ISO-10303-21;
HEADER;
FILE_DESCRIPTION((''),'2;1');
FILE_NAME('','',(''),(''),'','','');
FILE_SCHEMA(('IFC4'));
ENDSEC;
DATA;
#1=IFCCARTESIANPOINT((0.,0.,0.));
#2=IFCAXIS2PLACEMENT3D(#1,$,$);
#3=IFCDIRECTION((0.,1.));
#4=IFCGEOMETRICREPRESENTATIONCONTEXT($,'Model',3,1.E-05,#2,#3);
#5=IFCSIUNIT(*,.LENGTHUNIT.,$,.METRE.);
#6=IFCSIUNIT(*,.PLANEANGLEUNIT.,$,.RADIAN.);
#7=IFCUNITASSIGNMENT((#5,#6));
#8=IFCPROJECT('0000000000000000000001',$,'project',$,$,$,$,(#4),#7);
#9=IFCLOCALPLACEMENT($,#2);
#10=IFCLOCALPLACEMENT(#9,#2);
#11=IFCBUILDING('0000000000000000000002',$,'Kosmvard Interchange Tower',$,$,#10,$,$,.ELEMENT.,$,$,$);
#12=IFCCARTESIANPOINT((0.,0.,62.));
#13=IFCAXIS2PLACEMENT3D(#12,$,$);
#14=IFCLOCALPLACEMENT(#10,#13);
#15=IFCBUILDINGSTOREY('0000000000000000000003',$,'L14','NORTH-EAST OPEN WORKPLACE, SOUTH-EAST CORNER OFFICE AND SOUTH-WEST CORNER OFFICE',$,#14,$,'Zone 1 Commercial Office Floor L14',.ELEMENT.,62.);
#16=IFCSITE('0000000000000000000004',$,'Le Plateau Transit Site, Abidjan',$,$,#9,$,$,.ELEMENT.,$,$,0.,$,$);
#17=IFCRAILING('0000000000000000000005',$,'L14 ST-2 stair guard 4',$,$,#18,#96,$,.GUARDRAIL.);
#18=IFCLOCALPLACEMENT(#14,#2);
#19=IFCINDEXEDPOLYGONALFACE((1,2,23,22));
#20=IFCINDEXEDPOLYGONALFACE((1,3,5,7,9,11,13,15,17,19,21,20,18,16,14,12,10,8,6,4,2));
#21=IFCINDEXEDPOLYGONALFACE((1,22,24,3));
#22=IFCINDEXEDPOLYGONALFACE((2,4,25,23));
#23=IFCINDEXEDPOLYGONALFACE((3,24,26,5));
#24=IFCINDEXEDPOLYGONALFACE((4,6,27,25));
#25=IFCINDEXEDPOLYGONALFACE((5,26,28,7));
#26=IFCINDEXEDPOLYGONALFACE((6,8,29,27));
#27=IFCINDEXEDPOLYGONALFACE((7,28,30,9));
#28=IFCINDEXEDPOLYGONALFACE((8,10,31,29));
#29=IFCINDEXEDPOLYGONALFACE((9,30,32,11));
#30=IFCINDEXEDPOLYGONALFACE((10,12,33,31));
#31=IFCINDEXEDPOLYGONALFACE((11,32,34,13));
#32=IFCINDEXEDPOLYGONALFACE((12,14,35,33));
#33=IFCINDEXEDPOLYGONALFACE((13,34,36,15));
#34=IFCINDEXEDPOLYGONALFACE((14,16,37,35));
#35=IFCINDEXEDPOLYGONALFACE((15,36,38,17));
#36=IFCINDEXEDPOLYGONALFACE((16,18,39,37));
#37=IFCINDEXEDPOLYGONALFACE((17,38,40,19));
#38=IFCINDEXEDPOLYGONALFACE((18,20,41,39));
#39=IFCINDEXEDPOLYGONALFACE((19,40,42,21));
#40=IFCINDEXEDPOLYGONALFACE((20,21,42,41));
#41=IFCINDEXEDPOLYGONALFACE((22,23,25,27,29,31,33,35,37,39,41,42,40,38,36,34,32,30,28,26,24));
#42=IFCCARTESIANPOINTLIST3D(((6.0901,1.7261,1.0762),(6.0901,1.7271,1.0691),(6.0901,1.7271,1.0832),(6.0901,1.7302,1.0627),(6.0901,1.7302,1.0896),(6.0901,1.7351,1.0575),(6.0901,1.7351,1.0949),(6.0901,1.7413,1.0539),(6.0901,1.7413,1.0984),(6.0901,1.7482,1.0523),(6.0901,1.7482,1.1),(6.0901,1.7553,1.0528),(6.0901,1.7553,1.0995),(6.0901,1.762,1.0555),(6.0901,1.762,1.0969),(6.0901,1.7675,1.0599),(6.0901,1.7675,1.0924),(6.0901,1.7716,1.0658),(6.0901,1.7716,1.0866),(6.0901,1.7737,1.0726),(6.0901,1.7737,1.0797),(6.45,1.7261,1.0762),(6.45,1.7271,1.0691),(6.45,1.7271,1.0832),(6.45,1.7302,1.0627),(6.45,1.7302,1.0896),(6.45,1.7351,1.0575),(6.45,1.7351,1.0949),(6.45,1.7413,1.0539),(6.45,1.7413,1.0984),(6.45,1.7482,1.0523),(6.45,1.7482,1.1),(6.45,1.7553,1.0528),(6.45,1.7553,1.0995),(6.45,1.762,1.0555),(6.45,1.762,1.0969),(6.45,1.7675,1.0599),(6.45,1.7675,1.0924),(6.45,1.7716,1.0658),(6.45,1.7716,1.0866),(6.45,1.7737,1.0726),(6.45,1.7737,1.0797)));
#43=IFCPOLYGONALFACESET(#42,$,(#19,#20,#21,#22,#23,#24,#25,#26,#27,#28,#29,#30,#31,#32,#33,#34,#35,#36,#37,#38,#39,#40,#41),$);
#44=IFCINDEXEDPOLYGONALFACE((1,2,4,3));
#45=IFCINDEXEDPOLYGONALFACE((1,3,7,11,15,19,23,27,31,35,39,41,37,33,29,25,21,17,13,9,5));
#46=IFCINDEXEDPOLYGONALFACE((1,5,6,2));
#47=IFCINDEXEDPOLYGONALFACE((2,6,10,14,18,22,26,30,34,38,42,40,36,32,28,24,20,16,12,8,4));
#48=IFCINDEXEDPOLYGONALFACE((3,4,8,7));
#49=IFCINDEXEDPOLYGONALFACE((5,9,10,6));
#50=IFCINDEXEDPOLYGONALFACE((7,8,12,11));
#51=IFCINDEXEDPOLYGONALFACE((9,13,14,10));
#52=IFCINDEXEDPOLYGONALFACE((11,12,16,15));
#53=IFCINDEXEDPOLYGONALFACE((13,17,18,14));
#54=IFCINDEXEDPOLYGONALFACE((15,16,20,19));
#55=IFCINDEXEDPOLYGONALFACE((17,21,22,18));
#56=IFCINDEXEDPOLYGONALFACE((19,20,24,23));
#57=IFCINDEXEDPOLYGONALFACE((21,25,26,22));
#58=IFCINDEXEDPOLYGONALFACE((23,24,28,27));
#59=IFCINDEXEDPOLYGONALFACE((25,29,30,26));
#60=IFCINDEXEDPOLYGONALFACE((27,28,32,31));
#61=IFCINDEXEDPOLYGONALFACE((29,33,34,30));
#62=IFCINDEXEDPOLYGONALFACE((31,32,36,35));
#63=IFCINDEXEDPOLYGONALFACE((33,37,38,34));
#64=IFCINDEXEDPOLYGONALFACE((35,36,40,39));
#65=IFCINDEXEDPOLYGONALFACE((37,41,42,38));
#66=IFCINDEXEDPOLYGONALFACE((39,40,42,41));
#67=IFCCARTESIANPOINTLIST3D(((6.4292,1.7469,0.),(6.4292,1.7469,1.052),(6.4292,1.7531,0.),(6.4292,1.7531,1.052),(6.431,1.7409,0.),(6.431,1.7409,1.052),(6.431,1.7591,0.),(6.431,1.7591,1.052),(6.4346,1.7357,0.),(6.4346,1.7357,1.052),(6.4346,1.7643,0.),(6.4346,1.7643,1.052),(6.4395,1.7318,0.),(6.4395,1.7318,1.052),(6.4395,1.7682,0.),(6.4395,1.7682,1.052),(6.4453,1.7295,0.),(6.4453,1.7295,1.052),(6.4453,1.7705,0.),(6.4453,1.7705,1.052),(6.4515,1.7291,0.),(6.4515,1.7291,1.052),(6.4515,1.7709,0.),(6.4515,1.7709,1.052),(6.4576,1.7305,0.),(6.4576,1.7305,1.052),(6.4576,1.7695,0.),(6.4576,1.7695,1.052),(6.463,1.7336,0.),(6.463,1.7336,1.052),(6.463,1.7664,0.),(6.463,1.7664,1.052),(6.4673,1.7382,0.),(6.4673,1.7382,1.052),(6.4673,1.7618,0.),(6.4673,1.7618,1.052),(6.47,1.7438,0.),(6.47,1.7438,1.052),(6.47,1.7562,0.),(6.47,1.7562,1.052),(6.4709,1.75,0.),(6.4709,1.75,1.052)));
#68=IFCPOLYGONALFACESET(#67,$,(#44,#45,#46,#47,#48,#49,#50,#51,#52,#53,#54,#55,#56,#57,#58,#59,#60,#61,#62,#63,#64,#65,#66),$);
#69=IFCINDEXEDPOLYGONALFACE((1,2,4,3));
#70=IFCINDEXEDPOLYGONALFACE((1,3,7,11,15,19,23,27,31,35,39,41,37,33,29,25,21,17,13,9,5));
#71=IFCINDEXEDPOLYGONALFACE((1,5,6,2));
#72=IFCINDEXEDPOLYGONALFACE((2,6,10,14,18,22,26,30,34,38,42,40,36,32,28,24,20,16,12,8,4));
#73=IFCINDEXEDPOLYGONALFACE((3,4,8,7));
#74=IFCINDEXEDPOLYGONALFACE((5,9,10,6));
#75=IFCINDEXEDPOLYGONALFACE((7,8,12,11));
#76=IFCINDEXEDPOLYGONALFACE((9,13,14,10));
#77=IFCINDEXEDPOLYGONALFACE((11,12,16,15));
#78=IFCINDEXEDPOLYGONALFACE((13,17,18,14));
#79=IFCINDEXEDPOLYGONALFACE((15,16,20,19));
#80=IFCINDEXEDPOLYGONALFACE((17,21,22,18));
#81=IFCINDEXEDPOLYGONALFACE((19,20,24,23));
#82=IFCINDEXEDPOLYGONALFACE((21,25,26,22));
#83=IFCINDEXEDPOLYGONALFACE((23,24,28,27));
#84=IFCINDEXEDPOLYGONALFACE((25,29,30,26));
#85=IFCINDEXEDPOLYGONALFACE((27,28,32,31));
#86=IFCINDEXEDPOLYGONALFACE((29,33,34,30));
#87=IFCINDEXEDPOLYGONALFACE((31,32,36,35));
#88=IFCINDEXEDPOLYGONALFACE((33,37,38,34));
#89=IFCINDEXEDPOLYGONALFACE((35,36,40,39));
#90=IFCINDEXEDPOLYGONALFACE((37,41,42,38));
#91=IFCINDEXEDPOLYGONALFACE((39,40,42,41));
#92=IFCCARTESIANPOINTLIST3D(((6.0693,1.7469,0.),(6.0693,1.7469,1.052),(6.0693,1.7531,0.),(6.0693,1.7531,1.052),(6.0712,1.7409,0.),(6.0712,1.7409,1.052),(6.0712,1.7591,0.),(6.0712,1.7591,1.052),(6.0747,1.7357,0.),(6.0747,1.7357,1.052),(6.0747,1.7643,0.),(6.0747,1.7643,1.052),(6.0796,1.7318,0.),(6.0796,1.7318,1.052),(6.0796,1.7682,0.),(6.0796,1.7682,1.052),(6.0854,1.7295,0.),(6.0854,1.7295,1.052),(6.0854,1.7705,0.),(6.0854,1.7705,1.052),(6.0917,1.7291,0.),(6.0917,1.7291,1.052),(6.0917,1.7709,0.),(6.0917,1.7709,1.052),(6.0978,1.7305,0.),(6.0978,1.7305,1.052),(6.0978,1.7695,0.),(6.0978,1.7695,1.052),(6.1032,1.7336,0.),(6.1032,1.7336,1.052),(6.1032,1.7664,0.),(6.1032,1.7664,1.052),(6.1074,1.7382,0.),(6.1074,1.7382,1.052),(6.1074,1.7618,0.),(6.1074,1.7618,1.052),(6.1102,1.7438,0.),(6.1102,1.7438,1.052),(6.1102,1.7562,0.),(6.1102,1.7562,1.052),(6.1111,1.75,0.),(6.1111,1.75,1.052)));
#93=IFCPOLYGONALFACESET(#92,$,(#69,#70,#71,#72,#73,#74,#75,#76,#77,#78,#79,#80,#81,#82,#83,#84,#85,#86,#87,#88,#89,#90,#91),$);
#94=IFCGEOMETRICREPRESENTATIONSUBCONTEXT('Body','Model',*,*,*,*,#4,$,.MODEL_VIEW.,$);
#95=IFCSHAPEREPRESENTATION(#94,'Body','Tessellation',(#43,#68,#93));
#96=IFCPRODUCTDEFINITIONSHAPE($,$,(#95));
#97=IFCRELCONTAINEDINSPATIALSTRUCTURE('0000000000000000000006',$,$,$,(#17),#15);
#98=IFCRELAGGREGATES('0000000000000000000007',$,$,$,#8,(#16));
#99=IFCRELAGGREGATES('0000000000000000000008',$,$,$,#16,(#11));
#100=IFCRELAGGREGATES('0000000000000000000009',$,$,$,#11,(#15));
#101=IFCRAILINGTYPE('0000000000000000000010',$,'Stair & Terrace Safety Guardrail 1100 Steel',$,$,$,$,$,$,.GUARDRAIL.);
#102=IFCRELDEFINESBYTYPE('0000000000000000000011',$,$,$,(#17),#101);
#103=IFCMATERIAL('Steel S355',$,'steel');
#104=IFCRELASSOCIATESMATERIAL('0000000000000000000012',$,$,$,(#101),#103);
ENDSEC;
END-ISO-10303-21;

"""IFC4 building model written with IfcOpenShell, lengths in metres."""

from ifc_helpers import new_model, si_unit, direction, frame, origin, origin_2d, place, context, subcontext, project, spatial, circle, extrude, source, transform, mapped, material, type_object, element, save


model = new_model("IFC4")

# Units and contexts
model_context = context("Model", 3, precision=1e-05, world=origin(), true_north=direction((0.0, 1.0)))
body_context = subcontext(model_context, "Body", "Model", "MODEL_VIEW")
ifc_project = project(units=[si_unit("LENGTHUNIT", "METRE"), si_unit("PLANEANGLEUNIT", "RADIAN")], contexts=[model_context])

# Site, building, storey
site_placement = place(None, origin())
site = spatial("IfcSite", under=ifc_project, at=site_placement, Name="Le Plateau Transit Site, Abidjan", CompositionType="ELEMENT", RefElevation=0.0)
building_placement = place(site_placement, origin())
building = spatial("IfcBuilding", under=site, at=building_placement, Name="Kosmvard Interchange Tower", CompositionType="ELEMENT")
storey_placement = place(building_placement, frame((0.0, 0.0, 62.0)))
storey = spatial("IfcBuildingStorey", under=building, at=storey_placement, Name="L14", Description="NORTH-EAST OPEN WORKPLACE, SOUTH-EAST CORNER OFFICE AND SOUTH-WEST CORNER OFFICE", LongName="Zone 1 Commercial Office Floor L14", CompositionType="ELEMENT", Elevation=62.0)

# Shared definitions
ifc_material_1 = material(Name="Steel S355", Category="steel")

# Railing
railing_type_1 = type_object("IfcRailingType", Name="Stair & Terrace Safety Guardrail 1100 Steel", PredefinedType="GUARDRAIL", material=ifc_material_1)
shared_shape_1 = source(origin(), body_context, "Body", "SweptSolid", [
    extrude(circle(Radius=0.0239, at=origin_2d()), frame((0.0, 0.0, 1.0762), z_axis=(-1.0, 0.0, 0.0), x_axis=(0.0, -1.0, 0.0)), (0.0, 0.0, 1.0), 0.3599),
    extrude(circle(Radius=0.021, at=origin_2d()), origin(), (0.0, 0.0, 1.0), 1.052),
    extrude(circle(Radius=0.021, at=origin_2d()), frame((-0.3599, 0.0, 0.0)), (0.0, 0.0, 1.0), 1.052),
])
for number, where, name in (
    (1, (6.45, 1.75, 0.0), "L14 ST-2 stair guard 4"),
):
    element("IfcRailing", number, at=place(storey_placement, frame(where)), inside=storey, type_object=railing_type_1, Name=name, PredefinedType="GUARDRAIL", context=body_context, shape_type="MappedRepresentation", body=[
        mapped(shared_shape_1, transform((0.0, 0.0, 0.0), scale=1.0)),
    ])

save(model, "model.ifc")
